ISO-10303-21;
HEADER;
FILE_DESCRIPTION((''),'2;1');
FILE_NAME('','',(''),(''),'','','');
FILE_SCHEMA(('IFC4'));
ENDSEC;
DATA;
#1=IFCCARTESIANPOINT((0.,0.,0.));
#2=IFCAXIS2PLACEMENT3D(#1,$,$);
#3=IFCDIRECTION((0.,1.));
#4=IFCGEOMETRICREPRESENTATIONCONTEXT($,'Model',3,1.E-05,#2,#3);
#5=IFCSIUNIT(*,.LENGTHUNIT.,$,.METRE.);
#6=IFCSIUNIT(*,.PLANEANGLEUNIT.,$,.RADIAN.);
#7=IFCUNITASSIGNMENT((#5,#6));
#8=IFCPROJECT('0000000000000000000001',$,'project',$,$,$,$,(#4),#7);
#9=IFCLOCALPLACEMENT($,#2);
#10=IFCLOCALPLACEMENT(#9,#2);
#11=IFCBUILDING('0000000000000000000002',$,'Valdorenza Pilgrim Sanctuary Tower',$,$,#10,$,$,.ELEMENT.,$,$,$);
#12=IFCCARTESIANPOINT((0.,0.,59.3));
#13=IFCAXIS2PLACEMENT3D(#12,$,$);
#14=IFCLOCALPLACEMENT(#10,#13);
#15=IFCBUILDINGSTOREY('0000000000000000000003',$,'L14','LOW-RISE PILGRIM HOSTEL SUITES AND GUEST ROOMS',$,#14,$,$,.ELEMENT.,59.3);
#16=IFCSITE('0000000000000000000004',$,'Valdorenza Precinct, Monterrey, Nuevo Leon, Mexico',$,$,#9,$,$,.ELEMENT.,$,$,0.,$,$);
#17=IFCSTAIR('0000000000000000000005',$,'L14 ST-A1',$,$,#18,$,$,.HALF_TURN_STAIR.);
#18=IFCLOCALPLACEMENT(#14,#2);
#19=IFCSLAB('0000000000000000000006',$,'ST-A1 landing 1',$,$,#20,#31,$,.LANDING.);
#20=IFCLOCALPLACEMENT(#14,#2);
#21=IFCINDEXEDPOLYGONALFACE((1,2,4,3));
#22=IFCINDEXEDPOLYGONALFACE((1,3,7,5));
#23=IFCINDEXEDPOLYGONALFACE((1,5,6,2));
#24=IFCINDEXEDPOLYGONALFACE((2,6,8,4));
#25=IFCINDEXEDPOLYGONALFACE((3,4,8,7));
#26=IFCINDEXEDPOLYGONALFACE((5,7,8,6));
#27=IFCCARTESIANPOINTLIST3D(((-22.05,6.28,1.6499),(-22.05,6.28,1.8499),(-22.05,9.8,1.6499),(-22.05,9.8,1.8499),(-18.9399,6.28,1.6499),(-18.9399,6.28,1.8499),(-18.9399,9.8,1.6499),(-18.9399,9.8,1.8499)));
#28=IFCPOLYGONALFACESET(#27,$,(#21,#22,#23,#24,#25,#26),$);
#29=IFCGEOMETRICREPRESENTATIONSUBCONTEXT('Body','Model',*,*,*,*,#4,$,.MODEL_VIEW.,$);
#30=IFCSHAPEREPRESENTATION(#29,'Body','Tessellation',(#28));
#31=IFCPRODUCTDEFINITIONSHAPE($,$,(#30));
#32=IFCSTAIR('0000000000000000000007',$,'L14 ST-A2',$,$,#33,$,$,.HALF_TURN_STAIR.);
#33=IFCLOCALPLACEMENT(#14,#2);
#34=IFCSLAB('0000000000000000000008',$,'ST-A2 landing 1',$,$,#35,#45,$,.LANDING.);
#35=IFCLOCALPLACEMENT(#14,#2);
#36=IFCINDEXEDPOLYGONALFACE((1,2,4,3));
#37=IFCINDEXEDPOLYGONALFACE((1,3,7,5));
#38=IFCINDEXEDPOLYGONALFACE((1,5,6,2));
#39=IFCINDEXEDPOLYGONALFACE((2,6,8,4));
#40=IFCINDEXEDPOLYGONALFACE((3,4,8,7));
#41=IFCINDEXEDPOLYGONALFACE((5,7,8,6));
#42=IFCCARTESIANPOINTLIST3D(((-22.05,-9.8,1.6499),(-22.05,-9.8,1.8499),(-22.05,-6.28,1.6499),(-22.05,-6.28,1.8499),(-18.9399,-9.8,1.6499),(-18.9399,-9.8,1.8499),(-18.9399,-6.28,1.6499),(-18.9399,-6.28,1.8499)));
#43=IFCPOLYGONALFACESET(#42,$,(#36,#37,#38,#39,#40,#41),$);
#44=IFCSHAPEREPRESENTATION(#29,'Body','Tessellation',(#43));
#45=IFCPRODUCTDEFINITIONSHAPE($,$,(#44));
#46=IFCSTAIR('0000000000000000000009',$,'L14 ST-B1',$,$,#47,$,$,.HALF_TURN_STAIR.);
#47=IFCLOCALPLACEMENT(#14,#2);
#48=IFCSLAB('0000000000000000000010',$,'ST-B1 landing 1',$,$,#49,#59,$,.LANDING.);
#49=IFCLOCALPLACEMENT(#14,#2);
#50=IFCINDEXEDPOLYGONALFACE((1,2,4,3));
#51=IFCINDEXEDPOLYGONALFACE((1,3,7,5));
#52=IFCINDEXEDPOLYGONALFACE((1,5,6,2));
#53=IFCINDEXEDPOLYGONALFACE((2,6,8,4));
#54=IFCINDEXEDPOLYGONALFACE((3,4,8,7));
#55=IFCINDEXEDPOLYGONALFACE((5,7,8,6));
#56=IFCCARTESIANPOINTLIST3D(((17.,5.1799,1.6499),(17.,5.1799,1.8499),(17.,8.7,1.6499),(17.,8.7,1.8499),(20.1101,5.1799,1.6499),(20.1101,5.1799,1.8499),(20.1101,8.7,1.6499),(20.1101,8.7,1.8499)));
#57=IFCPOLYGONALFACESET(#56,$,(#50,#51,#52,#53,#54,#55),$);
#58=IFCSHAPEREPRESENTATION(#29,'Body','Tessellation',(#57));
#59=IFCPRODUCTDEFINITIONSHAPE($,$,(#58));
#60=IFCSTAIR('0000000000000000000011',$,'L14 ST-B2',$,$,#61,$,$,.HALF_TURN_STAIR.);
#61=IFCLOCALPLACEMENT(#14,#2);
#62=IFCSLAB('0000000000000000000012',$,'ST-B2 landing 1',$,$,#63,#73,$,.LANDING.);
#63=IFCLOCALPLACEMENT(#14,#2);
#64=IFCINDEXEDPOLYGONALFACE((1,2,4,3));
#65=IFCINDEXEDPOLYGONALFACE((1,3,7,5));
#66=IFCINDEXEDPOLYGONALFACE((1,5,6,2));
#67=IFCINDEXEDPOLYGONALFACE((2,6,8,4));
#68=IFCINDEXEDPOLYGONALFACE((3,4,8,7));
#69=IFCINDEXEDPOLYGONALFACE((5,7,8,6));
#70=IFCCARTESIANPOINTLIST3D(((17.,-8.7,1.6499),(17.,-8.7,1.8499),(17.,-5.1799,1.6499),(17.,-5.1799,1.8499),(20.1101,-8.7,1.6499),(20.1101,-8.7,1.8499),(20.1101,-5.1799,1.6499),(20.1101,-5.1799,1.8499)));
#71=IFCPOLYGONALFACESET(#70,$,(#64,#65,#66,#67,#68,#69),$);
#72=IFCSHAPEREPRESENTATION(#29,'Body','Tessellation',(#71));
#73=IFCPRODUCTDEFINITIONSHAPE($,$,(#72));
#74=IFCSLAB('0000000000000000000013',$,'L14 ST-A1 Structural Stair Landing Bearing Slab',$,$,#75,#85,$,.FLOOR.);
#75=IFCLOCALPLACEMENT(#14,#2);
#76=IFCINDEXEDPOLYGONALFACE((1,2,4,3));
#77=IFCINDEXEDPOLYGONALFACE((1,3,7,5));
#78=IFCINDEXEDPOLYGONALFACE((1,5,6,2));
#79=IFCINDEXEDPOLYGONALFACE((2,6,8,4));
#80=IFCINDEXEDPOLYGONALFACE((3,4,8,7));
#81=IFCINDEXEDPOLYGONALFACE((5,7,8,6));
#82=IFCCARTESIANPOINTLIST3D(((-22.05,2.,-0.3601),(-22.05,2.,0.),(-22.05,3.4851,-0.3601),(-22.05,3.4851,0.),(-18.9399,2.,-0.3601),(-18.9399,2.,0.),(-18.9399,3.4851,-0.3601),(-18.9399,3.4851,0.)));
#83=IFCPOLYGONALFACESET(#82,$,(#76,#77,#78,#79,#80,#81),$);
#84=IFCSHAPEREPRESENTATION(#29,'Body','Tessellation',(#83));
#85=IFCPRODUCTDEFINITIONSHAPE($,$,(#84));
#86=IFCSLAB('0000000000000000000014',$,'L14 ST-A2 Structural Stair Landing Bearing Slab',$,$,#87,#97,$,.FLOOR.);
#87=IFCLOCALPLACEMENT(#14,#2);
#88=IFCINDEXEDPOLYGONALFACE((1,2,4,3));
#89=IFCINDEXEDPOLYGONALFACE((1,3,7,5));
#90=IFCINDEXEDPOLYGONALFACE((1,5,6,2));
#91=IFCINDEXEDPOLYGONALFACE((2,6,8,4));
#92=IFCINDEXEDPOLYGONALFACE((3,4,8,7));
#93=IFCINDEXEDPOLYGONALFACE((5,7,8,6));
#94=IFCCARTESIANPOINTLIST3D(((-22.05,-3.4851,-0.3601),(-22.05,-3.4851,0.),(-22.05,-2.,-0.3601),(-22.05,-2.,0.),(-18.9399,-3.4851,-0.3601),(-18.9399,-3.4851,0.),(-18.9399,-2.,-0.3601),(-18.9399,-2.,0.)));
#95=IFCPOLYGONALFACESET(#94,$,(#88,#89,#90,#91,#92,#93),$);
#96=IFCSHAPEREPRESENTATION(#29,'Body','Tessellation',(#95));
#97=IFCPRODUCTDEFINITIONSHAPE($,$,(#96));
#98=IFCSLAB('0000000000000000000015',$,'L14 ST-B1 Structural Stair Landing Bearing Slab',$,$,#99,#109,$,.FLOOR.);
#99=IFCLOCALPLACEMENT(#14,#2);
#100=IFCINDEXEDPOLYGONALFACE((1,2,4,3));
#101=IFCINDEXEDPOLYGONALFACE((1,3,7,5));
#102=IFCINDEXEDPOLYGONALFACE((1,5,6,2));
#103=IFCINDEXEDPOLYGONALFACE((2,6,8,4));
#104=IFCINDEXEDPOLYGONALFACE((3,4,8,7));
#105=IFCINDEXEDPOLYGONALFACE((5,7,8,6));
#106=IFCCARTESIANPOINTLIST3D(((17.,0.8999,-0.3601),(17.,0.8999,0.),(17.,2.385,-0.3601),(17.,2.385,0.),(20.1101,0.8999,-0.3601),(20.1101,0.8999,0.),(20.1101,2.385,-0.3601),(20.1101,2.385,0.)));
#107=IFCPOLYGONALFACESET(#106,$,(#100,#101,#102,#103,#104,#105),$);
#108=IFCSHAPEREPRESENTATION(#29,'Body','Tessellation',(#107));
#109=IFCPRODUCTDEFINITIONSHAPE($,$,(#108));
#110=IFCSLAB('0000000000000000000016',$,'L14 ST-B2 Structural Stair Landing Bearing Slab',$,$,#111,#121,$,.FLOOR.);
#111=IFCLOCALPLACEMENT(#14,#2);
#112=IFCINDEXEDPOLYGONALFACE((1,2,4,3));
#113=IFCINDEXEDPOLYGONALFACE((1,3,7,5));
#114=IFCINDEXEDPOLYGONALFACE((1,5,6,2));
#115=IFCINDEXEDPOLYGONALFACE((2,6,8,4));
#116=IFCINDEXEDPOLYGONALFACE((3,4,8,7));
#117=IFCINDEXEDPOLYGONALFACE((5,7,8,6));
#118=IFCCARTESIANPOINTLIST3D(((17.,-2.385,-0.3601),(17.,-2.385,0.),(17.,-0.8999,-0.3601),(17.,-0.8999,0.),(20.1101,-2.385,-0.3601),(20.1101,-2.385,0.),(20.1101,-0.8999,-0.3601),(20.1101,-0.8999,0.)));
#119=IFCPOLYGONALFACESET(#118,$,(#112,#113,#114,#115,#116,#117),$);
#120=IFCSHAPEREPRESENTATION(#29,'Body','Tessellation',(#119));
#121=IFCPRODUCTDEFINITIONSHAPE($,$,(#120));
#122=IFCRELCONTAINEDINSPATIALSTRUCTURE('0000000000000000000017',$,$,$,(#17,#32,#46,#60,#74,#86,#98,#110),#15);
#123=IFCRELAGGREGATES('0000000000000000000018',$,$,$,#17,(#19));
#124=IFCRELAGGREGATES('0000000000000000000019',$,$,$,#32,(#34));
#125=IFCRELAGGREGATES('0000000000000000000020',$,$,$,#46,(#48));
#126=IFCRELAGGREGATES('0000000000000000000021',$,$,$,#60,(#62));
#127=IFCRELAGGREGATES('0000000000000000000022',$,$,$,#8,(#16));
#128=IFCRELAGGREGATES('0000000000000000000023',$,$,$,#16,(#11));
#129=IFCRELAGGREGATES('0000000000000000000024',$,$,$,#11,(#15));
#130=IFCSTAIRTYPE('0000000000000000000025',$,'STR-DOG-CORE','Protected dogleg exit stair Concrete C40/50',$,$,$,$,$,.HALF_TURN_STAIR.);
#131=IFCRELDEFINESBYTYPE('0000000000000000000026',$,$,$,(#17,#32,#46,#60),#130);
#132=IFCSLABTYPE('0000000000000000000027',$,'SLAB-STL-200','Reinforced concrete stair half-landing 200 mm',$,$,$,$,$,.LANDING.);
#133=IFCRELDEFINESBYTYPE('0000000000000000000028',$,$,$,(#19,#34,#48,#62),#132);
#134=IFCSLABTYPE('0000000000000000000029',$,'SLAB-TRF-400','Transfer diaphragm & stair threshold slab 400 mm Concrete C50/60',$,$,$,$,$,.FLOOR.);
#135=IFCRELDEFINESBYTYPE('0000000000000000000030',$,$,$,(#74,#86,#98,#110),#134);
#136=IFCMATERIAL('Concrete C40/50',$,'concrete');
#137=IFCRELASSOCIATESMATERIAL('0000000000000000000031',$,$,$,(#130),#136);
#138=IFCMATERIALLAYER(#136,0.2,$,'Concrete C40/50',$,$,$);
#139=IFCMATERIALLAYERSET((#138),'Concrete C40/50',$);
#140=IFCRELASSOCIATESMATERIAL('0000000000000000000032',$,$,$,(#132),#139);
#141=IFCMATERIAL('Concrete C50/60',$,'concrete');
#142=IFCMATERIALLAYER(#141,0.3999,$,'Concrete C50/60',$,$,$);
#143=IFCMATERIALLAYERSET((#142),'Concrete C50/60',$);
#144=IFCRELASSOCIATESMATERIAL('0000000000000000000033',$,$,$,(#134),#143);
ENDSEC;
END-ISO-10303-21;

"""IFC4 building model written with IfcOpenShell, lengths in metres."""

from ifc_helpers import new_model, si_unit, direction, frame, origin, place, context, subcontext, project, spatial, polyline, outline, extrude, material, layer, layer_set, type_object, element, aggregate, save


model = new_model("IFC4")

# Units and contexts
model_context = context("Model", 3, precision=1e-05, world=origin(), true_north=direction((0.0, 1.0)))
body_context = subcontext(model_context, "Body", "Model", "MODEL_VIEW")
ifc_project = project(units=[si_unit("LENGTHUNIT", "METRE"), si_unit("PLANEANGLEUNIT", "RADIAN")], contexts=[model_context])

# Site, building, storey
site_placement = place(None, origin())
site = spatial("IfcSite", under=ifc_project, at=site_placement, Name="Valdorenza Precinct, Monterrey, Nuevo Leon, Mexico", CompositionType="ELEMENT", RefElevation=0.0)
building_placement = place(site_placement, origin())
building = spatial("IfcBuilding", under=site, at=building_placement, Name="Valdorenza Pilgrim Sanctuary Tower", CompositionType="ELEMENT")
storey_placement = place(building_placement, frame((0.0, 0.0, 59.3)))
storey = spatial("IfcBuildingStorey", under=building, at=storey_placement, Name="L14", Description="LOW-RISE PILGRIM HOSTEL SUITES AND GUEST ROOMS", CompositionType="ELEMENT", Elevation=59.3)

# Shared definitions
ifc_material_1 = material(Name="Concrete C40/50", Category="concrete")

# Stairs, slabs
stair_type = type_object("IfcStairType", Name="STR-DOG-CORE", Description="Protected dogleg exit stair Concrete C40/50", PredefinedType="HALF_TURN_STAIR", material=ifc_material_1)
stair_1_placement = place(storey_placement, origin())
stair_1 = element("IfcStair", 1, at=stair_1_placement, inside=storey, type_object=stair_type, Name="L14 ST-A1", PredefinedType="HALF_TURN_STAIR")
ifc_layer_1 = layer(ifc_material_1, 0.2, Name="Concrete C40/50")
ifc_layer_set_1 = layer_set([ifc_layer_1], Name="Concrete C40/50")
slab_type_1 = type_object("IfcSlabType", Name="SLAB-STL-200", Description="Reinforced concrete stair half-landing 200 mm", PredefinedType="LANDING", material=ifc_layer_set_1)
slab_1_placement = place(storey_placement, frame((0.0, 0.0, 1.6499)))
slab_1 = element("IfcSlab", 2, at=slab_1_placement, type_object=slab_type_1, Name="ST-A1 landing 1", PredefinedType="LANDING", context=body_context, shape_type="SweptSolid", body=[
    extrude(outline(polyline([(-18.9399, 6.28), (-18.9399, 9.8), (-22.05, 9.8), (-22.05, 6.28), (-18.9399, 6.28)])), origin(), (0.0, 0.0, 1.0), 0.2),
])
aggregate(stair_1, [slab_1])
stair_2_placement = place(storey_placement, origin())
stair_2 = element("IfcStair", 3, at=stair_2_placement, inside=storey, type_object=stair_type, Name="L14 ST-A2", PredefinedType="HALF_TURN_STAIR")
slab_2_placement = place(storey_placement, frame((0.0, 0.0, 1.6499)))
slab_2 = element("IfcSlab", 4, at=slab_2_placement, type_object=slab_type_1, Name="ST-A2 landing 1", PredefinedType="LANDING", context=body_context, shape_type="SweptSolid", body=[
    extrude(outline(polyline([(-22.05, -6.28), (-22.05, -9.8), (-18.9399, -9.8), (-18.9399, -6.28), (-22.05, -6.28)])), origin(), (0.0, 0.0, 1.0), 0.2),
])
aggregate(stair_2, [slab_2])
stair_3_placement = place(storey_placement, origin())
stair_3 = element("IfcStair", 5, at=stair_3_placement, inside=storey, type_object=stair_type, Name="L14 ST-B1", PredefinedType="HALF_TURN_STAIR")
slab_3_placement = place(storey_placement, frame((0.0, 0.0, 1.6499)))
slab_3 = element("IfcSlab", 6, at=slab_3_placement, type_object=slab_type_1, Name="ST-B1 landing 1", PredefinedType="LANDING", context=body_context, shape_type="SweptSolid", body=[
    extrude(outline(polyline([(20.1101, 5.1799), (20.1101, 8.7), (17.0, 8.7), (17.0, 5.1799), (20.1101, 5.1799)])), origin(), (0.0, 0.0, 1.0), 0.2),
])
aggregate(stair_3, [slab_3])
stair_4_placement = place(storey_placement, origin())
stair_4 = element("IfcStair", 7, at=stair_4_placement, inside=storey, type_object=stair_type, Name="L14 ST-B2", PredefinedType="HALF_TURN_STAIR")
slab_4_placement = place(storey_placement, frame((0.0, 0.0, 1.6499)))
slab_4 = element("IfcSlab", 8, at=slab_4_placement, type_object=slab_type_1, Name="ST-B2 landing 1", PredefinedType="LANDING", context=body_context, shape_type="SweptSolid", body=[
    extrude(outline(polyline([(17.0, -5.1799), (17.0, -8.7), (20.1101, -8.7), (20.1101, -5.1799), (17.0, -5.1799)])), origin(), (0.0, 0.0, 1.0), 0.2),
])
aggregate(stair_4, [slab_4])

# Slabs
ifc_material_2 = material(Name="Concrete C50/60", Category="concrete")
ifc_layer_2 = layer(ifc_material_2, 0.3999, Name="Concrete C50/60")
ifc_layer_set_2 = layer_set([ifc_layer_2], Name="Concrete C50/60")
slab_type_2 = type_object("IfcSlabType", Name="SLAB-TRF-400", Description="Transfer diaphragm & stair threshold slab 400 mm Concrete C50/60", PredefinedType="FLOOR", material=ifc_layer_set_2)
slab_5_placement = place(storey_placement, frame((0.0, 0.0, -0.3601)))
element("IfcSlab", 9, at=slab_5_placement, inside=storey, type_object=slab_type_2, Name="L14 ST-A1 Structural Stair Landing Bearing Slab", PredefinedType="FLOOR", context=body_context, shape_type="SweptSolid", body=[
    extrude(outline(polyline([(-22.05, 2.0), (-18.9399, 2.0), (-18.9399, 3.4851), (-22.05, 3.4851), (-22.05, 2.0)])), origin(), (0.0, 0.0, 1.0), 0.3601),
])
slab_6_placement = place(storey_placement, frame((0.0, 0.0, -0.3601)))
element("IfcSlab", 10, at=slab_6_placement, inside=storey, type_object=slab_type_2, Name="L14 ST-A2 Structural Stair Landing Bearing Slab", PredefinedType="FLOOR", context=body_context, shape_type="SweptSolid", body=[
    extrude(outline(polyline([(-22.05, -3.4851), (-18.9399, -3.4851), (-18.9399, -2.0), (-22.05, -2.0), (-22.05, -3.4851)])), origin(), (0.0, 0.0, 1.0), 0.3601),
])
slab_7_placement = place(storey_placement, frame((0.0, 0.0, -0.3601)))
element("IfcSlab", 11, at=slab_7_placement, inside=storey, type_object=slab_type_2, Name="L14 ST-B1 Structural Stair Landing Bearing Slab", PredefinedType="FLOOR", context=body_context, shape_type="SweptSolid", body=[
    extrude(outline(polyline([(17.0, 0.8999), (20.1101, 0.8999), (20.1101, 2.385), (17.0, 2.385), (17.0, 0.8999)])), origin(), (0.0, 0.0, 1.0), 0.3601),
])
slab_8_placement = place(storey_placement, frame((0.0, 0.0, -0.3601)))
element("IfcSlab", 12, at=slab_8_placement, inside=storey, type_object=slab_type_2, Name="L14 ST-B2 Structural Stair Landing Bearing Slab", PredefinedType="FLOOR", context=body_context, shape_type="SweptSolid", body=[
    extrude(outline(polyline([(17.0, -2.385), (20.1101, -2.385), (20.1101, -0.8999), (17.0, -0.8999), (17.0, -2.385)])), origin(), (0.0, 0.0, 1.0), 0.3601),
])

save(model, "model.ifc")
